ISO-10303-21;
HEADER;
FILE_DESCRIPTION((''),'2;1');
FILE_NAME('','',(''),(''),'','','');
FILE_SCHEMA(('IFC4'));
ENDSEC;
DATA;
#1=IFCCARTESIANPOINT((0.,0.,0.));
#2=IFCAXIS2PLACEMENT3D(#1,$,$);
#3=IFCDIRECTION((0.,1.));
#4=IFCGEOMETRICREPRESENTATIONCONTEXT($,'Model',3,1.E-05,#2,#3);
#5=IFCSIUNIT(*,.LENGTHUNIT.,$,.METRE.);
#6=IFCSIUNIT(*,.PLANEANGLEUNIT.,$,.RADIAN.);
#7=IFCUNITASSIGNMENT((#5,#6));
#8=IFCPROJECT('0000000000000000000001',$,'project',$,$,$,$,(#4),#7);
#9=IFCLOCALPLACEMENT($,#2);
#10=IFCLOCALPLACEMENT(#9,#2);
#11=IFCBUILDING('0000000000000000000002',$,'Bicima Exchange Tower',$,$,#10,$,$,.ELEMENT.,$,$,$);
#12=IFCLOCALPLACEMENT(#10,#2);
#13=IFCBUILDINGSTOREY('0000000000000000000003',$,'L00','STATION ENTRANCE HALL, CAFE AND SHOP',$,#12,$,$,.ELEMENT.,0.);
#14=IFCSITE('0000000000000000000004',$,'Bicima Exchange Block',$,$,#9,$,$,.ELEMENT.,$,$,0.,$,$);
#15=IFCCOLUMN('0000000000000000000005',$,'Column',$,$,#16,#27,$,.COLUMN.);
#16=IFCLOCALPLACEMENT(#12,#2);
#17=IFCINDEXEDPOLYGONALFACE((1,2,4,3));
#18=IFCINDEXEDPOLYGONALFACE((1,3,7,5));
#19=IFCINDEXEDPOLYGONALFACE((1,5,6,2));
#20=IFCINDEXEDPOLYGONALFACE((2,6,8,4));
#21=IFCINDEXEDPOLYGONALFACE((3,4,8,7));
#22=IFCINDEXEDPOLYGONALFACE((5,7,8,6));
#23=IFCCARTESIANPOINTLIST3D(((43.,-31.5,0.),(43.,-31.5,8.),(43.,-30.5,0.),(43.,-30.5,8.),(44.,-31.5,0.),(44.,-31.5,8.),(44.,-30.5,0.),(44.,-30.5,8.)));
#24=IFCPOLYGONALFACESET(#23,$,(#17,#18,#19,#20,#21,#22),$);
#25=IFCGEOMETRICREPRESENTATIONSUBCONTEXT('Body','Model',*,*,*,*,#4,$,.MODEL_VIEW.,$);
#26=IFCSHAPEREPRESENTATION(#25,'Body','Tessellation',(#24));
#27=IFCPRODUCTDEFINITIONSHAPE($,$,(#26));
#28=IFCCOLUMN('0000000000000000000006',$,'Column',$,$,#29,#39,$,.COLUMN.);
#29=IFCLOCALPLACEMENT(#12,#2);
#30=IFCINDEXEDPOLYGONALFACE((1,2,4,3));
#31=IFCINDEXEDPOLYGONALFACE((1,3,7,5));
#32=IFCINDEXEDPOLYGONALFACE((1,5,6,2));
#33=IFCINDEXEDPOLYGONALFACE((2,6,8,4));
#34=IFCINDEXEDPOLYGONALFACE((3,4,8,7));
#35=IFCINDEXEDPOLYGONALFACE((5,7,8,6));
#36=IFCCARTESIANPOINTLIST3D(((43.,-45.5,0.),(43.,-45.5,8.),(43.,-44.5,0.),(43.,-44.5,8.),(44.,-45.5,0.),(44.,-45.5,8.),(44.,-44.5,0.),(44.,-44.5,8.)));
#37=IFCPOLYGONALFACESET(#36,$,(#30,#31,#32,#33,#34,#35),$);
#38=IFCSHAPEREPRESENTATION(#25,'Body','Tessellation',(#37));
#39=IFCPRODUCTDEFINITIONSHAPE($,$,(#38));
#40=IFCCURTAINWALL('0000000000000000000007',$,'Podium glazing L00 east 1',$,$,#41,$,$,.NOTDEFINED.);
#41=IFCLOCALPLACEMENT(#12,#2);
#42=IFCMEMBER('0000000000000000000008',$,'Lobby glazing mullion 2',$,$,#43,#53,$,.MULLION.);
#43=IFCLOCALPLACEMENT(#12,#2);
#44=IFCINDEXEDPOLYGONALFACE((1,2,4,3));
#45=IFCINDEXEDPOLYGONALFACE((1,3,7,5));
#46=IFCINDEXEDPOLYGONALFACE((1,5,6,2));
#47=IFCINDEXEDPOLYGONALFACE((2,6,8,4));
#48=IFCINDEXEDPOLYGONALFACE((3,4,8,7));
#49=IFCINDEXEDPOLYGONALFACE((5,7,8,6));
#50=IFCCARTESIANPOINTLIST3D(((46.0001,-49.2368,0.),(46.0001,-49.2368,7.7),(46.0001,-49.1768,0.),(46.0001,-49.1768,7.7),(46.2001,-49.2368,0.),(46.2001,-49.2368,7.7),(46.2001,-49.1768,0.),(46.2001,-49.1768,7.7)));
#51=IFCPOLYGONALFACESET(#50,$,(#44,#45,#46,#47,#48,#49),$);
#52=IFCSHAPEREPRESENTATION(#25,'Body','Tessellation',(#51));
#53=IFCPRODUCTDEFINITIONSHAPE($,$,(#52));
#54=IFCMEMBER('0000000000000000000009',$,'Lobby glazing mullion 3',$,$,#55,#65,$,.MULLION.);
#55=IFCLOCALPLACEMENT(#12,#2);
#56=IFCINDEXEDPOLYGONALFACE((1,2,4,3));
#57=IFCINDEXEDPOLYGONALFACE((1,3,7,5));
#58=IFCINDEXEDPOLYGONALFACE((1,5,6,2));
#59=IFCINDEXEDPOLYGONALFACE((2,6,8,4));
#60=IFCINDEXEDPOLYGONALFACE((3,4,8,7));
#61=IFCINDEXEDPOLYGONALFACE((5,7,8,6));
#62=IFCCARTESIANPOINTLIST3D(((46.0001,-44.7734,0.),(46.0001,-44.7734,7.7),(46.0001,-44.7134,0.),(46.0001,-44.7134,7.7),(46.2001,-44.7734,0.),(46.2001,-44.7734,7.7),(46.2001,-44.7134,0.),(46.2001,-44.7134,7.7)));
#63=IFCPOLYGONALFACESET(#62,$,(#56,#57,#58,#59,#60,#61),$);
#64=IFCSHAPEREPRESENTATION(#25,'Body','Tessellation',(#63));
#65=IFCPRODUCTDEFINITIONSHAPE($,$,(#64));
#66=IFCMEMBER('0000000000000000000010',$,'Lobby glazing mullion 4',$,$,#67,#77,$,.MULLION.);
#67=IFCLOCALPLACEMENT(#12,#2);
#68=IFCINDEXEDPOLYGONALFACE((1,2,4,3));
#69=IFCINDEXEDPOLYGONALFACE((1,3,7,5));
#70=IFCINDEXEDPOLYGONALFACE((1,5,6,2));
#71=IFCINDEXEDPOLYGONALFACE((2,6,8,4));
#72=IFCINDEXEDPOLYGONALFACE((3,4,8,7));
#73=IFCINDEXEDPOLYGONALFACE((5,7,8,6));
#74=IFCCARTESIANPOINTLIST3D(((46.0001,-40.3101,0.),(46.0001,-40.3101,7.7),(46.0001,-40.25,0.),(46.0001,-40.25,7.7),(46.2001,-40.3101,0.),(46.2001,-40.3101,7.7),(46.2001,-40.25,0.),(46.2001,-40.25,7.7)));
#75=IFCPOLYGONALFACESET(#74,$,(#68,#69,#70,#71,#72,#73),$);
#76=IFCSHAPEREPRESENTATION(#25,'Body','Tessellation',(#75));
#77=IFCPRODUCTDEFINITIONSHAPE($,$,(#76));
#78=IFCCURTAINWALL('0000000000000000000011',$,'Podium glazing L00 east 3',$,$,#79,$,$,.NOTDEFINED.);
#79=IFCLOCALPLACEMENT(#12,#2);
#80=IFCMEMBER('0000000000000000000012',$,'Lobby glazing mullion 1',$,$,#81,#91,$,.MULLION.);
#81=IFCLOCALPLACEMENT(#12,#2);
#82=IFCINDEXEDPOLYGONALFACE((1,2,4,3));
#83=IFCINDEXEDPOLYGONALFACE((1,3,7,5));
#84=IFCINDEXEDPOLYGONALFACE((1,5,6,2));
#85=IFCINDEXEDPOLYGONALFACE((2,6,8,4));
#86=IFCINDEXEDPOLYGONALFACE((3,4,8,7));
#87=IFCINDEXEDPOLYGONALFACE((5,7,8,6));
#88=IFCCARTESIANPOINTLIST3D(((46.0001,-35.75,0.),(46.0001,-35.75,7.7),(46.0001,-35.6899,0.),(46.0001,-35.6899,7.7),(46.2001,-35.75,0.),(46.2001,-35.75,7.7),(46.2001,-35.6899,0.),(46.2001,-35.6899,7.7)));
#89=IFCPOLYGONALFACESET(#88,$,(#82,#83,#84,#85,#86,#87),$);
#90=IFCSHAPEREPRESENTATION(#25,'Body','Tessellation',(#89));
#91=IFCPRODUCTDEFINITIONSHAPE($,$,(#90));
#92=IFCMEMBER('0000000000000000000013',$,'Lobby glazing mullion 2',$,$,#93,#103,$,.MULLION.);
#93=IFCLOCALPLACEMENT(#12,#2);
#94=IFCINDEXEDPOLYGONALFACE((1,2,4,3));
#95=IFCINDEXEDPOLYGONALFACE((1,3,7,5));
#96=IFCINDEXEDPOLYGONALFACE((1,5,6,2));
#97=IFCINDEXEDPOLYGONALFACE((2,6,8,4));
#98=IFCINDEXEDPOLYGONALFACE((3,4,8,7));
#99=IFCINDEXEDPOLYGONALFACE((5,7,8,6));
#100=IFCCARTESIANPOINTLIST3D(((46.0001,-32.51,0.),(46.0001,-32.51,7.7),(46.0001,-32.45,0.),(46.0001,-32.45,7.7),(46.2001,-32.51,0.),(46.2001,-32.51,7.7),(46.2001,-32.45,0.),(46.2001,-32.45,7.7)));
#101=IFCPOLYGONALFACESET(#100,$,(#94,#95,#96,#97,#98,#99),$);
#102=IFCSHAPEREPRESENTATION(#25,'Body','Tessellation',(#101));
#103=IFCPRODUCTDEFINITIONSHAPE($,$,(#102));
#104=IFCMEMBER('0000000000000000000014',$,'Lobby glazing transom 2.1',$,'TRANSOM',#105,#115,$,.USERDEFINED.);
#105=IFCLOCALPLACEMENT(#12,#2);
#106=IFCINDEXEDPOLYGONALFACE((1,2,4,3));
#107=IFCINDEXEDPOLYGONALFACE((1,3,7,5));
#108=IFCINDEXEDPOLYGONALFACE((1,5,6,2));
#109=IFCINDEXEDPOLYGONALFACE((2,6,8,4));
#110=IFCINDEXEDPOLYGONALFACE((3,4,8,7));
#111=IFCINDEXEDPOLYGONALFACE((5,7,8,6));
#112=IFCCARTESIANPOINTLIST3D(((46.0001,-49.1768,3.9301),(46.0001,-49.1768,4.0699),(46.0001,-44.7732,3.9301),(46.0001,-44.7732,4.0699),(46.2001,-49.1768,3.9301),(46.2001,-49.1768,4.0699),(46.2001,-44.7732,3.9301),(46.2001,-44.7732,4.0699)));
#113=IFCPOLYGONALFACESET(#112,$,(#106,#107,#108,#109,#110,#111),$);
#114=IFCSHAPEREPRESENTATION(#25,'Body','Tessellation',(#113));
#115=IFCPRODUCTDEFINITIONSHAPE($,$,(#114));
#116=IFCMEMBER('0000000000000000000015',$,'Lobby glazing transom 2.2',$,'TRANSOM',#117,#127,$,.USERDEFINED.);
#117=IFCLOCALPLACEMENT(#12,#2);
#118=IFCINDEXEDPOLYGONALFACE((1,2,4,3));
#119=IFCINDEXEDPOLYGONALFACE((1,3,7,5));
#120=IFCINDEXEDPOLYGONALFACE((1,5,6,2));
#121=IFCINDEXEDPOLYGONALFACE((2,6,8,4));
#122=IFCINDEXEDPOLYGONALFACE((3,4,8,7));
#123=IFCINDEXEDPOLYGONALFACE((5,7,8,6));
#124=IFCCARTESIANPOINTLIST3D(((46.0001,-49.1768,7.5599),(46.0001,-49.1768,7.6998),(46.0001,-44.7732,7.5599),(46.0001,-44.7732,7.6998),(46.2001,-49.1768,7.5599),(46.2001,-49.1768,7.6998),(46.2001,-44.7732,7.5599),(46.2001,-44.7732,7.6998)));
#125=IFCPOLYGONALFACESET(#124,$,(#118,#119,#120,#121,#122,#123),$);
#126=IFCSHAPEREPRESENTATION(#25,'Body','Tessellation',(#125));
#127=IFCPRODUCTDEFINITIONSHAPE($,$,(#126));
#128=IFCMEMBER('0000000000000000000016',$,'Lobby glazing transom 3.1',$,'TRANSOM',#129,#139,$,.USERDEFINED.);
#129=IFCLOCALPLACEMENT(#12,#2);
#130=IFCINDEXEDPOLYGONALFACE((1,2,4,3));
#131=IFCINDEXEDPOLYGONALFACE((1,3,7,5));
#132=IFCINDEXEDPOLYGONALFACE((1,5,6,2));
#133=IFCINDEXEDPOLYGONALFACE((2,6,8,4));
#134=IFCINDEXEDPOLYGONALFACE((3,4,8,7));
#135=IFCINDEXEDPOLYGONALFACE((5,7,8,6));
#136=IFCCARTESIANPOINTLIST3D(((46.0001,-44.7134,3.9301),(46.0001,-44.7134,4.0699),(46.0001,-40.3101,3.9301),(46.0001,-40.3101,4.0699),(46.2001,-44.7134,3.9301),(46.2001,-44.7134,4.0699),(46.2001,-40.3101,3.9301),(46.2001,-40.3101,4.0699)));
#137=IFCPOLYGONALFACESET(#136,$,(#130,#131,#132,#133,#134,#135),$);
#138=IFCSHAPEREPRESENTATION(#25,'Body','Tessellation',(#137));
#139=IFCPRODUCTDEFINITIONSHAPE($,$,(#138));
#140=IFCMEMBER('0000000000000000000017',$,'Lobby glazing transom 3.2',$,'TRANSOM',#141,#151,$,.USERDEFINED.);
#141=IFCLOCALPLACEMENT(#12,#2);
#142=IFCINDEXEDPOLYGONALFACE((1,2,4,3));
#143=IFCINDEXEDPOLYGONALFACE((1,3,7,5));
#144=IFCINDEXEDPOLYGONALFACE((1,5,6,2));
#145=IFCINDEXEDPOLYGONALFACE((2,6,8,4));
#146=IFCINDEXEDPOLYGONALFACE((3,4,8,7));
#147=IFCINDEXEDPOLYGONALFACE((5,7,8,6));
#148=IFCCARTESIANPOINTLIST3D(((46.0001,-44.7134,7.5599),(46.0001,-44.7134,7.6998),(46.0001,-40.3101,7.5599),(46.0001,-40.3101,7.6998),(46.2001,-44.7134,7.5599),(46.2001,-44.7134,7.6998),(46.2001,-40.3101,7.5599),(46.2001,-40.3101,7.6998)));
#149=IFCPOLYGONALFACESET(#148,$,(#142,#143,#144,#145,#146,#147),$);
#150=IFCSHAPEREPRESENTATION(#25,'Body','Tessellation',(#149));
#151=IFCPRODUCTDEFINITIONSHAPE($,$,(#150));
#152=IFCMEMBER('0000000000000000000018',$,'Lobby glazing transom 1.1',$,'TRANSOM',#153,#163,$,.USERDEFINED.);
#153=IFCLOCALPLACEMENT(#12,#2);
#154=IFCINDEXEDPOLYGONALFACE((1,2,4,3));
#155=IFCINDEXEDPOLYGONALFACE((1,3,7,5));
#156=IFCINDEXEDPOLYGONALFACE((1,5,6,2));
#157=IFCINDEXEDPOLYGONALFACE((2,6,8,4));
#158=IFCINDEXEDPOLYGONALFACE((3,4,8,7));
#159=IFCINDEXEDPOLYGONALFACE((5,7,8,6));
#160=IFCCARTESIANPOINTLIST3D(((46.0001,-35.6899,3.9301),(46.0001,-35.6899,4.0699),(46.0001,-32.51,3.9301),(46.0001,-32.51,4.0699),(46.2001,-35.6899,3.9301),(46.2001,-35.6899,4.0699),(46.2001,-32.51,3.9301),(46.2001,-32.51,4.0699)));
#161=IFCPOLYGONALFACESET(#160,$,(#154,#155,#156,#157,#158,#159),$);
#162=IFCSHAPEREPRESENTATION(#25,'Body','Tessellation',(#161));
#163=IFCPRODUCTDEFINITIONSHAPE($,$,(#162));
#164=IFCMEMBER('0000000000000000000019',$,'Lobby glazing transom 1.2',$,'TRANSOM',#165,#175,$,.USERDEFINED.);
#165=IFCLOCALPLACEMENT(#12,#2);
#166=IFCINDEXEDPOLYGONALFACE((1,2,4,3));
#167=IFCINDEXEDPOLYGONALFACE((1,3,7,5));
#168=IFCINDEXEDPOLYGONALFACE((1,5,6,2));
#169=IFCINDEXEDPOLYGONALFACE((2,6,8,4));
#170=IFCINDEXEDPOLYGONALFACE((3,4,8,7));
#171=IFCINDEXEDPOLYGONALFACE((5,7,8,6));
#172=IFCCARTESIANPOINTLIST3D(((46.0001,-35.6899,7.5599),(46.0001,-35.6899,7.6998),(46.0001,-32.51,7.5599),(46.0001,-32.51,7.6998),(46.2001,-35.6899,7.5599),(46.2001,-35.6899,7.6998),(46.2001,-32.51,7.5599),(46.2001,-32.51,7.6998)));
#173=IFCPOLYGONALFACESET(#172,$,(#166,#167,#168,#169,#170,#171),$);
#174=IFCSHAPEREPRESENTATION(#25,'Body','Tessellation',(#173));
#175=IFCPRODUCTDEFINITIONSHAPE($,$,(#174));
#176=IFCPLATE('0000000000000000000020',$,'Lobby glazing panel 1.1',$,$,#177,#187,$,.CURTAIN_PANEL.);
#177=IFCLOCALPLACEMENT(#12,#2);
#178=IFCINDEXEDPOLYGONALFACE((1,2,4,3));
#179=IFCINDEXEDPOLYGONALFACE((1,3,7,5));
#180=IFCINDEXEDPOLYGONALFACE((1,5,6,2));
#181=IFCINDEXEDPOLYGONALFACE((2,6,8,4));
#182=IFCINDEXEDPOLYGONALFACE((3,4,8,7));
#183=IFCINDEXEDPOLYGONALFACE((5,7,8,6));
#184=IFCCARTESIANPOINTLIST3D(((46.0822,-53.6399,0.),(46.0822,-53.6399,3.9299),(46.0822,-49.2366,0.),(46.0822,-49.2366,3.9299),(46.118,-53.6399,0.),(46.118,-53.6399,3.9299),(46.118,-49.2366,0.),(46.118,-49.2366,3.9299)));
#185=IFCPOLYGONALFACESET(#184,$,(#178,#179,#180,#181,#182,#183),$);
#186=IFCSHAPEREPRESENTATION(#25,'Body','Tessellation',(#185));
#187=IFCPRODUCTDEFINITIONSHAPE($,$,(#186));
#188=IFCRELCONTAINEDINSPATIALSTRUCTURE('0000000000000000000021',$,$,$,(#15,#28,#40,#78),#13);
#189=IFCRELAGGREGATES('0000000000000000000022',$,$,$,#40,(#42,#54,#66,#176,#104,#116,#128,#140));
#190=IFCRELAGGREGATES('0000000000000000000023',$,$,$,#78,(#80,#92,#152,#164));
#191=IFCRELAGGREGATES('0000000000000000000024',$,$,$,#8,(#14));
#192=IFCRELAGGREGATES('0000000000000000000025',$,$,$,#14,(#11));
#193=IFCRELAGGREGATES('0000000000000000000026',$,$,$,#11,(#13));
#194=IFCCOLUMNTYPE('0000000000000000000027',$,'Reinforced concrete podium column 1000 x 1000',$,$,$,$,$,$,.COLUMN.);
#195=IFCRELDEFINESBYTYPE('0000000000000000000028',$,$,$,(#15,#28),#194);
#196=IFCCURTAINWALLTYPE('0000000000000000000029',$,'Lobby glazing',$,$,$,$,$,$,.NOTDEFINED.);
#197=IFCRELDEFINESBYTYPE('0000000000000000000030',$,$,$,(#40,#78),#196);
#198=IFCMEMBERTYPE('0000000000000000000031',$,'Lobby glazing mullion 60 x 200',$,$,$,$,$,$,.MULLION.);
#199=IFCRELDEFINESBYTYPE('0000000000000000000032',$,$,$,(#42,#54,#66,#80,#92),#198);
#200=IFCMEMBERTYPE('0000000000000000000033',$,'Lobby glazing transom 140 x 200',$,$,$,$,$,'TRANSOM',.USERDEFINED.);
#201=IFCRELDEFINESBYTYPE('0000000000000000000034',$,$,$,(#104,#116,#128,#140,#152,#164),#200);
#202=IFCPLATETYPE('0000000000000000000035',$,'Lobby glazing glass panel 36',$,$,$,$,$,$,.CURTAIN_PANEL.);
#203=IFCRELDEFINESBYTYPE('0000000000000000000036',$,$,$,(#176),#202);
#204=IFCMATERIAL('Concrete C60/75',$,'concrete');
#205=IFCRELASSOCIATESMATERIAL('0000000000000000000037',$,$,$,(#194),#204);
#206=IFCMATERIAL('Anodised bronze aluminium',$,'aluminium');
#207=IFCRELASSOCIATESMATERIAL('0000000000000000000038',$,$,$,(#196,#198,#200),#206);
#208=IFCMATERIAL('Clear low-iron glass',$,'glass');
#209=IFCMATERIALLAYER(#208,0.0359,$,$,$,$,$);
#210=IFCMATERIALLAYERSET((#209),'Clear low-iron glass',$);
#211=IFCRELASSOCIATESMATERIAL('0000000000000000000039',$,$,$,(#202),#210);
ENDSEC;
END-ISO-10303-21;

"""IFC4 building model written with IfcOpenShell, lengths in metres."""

from ifc_helpers import new_model, si_unit, direction, frame, origin, origin_2d, place, context, subcontext, project, spatial, rectangle, extrude, material, layer, layer_set, material_profile, profile_set, type_object, element, aggregate, save


model = new_model("IFC4")

# Units and contexts
model_context = context("Model", 3, precision=1e-05, world=origin(), true_north=direction((0.0, 1.0)))
body_context = subcontext(model_context, "Body", "Model", "MODEL_VIEW")
ifc_project = project(units=[si_unit("LENGTHUNIT", "METRE"), si_unit("PLANEANGLEUNIT", "RADIAN")], contexts=[model_context])

# Site, building, storey
site_placement = place(None, origin())
site = spatial("IfcSite", under=ifc_project, at=site_placement, Name="Bicima Exchange Block", CompositionType="ELEMENT", RefElevation=0.0)
building_placement = place(site_placement, origin())
building = spatial("IfcBuilding", under=site, at=building_placement, Name="Bicima Exchange Tower", CompositionType="ELEMENT")
storey_placement = place(building_placement, origin())
storey = spatial("IfcBuildingStorey", under=building, at=storey_placement, Name="L00", Description="STATION ENTRANCE HALL, CAFE AND SHOP", CompositionType="ELEMENT", Elevation=0.0)

# Columns
ifc_material_1 = material(Name="Concrete C60/75", Category="concrete")
ifc_material_profile_1 = material_profile(ifc_material_1, rectangle(XDim=1.0, YDim=1.0, at=origin_2d()))
ifc_profile_set_1 = profile_set([ifc_material_profile_1], Name="Concrete C60/75")
column_type = type_object("IfcColumnType", Name="Reinforced concrete podium column 1000 x 1000", PredefinedType="COLUMN", material=ifc_profile_set_1)
for number, where, z_axis, x_axis, name in (
    (1, (43.5, -31.0, 0.0), (0.0, 0.0, 1.0), (1.0, 0.0, 0.0), "Column"),
    (2, (43.5, -45.0, 0.0), (0.0, 0.0, 1.0), (1.0, 0.0, 0.0), "Column"),
):
    element("IfcColumn", number, at=place(storey_placement, frame(where, z_axis=z_axis, x_axis=x_axis)), inside=storey, type_object=column_type, Name=name, PredefinedType="COLUMN", context=body_context, shape_type="SweptSolid", body=[
        extrude(rectangle(XDim=1.0, YDim=1.0, at=origin_2d()), origin(), (0.0, 0.0, 1.0), 8.0),
    ])

# Curtain walls, members
ifc_material_2 = material(Name="Anodised bronze aluminium", Category="aluminium")
curtain_wall_type = type_object("IfcCurtainWallType", Name="Lobby glazing", PredefinedType="NOTDEFINED", material=ifc_material_2)
curtain_wall_1_placement = place(storey_placement, origin())
curtain_wall_1 = element("IfcCurtainWall", 3, at=curtain_wall_1_placement, inside=storey, type_object=curtain_wall_type, Name="Podium glazing L00 east 1", PredefinedType="NOTDEFINED")
ifc_material_profile_2 = material_profile(ifc_material_2, rectangle(XDim=0.2, YDim=0.0601, at=origin_2d()))
ifc_profile_set_2 = profile_set([ifc_material_profile_2], Name="Anodised bronze aluminium")
member_type_1 = type_object("IfcMemberType", Name="Lobby glazing mullion 60 x 200", PredefinedType="MULLION", material=ifc_profile_set_2)
member_1_placement = place(storey_placement, frame((46.1001, -49.2068, 0.0), z_axis=(0.0, 0.0, 1.0), x_axis=(-1.0, 0.0, 0.0)))
member_1 = element("IfcMember", 4, at=member_1_placement, type_object=member_type_1, Name="Lobby glazing mullion 2", PredefinedType="MULLION", context=body_context, shape_type="SweptSolid", body=[
    extrude(rectangle(XDim=0.2, YDim=0.0601, at=origin_2d()), origin(), (0.0, 0.0, 1.0), 7.7),
])
member_2_placement = place(storey_placement, frame((46.1001, -44.7434, 0.0), z_axis=(0.0, 0.0, 1.0), x_axis=(-1.0, 0.0, 0.0)))
member_2 = element("IfcMember", 5, at=member_2_placement, type_object=member_type_1, Name="Lobby glazing mullion 3", PredefinedType="MULLION", context=body_context, shape_type="SweptSolid", body=[
    extrude(rectangle(XDim=0.2, YDim=0.0601, at=origin_2d()), origin(), (0.0, 0.0, 1.0), 7.7),
])
member_3_placement = place(storey_placement, frame((46.1001, -40.28, 0.0), z_axis=(0.0, 0.0, 1.0), x_axis=(-1.0, 0.0, 0.0)))
member_3 = element("IfcMember", 6, at=member_3_placement, type_object=member_type_1, Name="Lobby glazing mullion 4", PredefinedType="MULLION", context=body_context, shape_type="SweptSolid", body=[
    extrude(rectangle(XDim=0.2, YDim=0.0601, at=origin_2d()), origin(), (0.0, 0.0, 1.0), 7.7),
])
curtain_wall_2_placement = place(storey_placement, origin())
curtain_wall_2 = element("IfcCurtainWall", 7, at=curtain_wall_2_placement, inside=storey, type_object=curtain_wall_type, Name="Podium glazing L00 east 3", PredefinedType="NOTDEFINED")
member_4_placement = place(storey_placement, frame((46.1001, -35.72, 0.0), z_axis=(0.0, 0.0, 1.0), x_axis=(-1.0, 0.0, 0.0)))
member_4 = element("IfcMember", 8, at=member_4_placement, type_object=member_type_1, Name="Lobby glazing mullion 1", PredefinedType="MULLION", context=body_context, shape_type="SweptSolid", body=[
    extrude(rectangle(XDim=0.2, YDim=0.0601, at=origin_2d()), origin(), (0.0, 0.0, 1.0), 7.7),
])
member_5_placement = place(storey_placement, frame((46.1001, -32.48, 0.0), z_axis=(0.0, 0.0, 1.0), x_axis=(-1.0, 0.0, 0.0)))
member_5 = element("IfcMember", 9, at=member_5_placement, type_object=member_type_1, Name="Lobby glazing mullion 2", PredefinedType="MULLION", context=body_context, shape_type="SweptSolid", body=[
    extrude(rectangle(XDim=0.2, YDim=0.0601, at=origin_2d()), origin(), (0.0, 0.0, 1.0), 7.7),
])

# Members
ifc_material_profile_3 = material_profile(ifc_material_2, rectangle(XDim=0.2, YDim=0.1399, at=origin_2d()))
ifc_profile_set_3 = profile_set([ifc_material_profile_3], Name="Anodised bronze aluminium")
member_type_2 = type_object("IfcMemberType", Name="Lobby glazing transom 140 x 200", ElementType="TRANSOM", PredefinedType="USERDEFINED", material=ifc_profile_set_3)
member_6_placement = place(storey_placement, frame((46.1001, -49.1768, 4.0), z_axis=(0.0, 1.0, 0.0), x_axis=(-1.0, 0.0, 0.0)))
member_6 = element("IfcMember", 10, at=member_6_placement, type_object=member_type_2, Name="Lobby glazing transom 2.1", ObjectType="TRANSOM", PredefinedType="USERDEFINED", context=body_context, shape_type="SweptSolid", body=[
    extrude(rectangle(XDim=0.2, YDim=0.1399, at=origin_2d()), origin(), (0.0, 0.0, 1.0), 4.4036),
])
member_7_placement = place(storey_placement, frame((46.1001, -49.1768, 7.6299), z_axis=(0.0, 1.0, 0.0), x_axis=(-1.0, 0.0, 0.0)))
member_7 = element("IfcMember", 11, at=member_7_placement, type_object=member_type_2, Name="Lobby glazing transom 2.2", ObjectType="TRANSOM", PredefinedType="USERDEFINED", context=body_context, shape_type="SweptSolid", body=[
    extrude(rectangle(XDim=0.2, YDim=0.1399, at=origin_2d()), origin(), (0.0, 0.0, 1.0), 4.4036),
])
member_8_placement = place(storey_placement, frame((46.1001, -44.7134, 4.0), z_axis=(0.0, 1.0, 0.0), x_axis=(-1.0, 0.0, 0.0)))
member_8 = element("IfcMember", 12, at=member_8_placement, type_object=member_type_2, Name="Lobby glazing transom 3.1", ObjectType="TRANSOM", PredefinedType="USERDEFINED", context=body_context, shape_type="SweptSolid", body=[
    extrude(rectangle(XDim=0.2, YDim=0.1399, at=origin_2d()), origin(), (0.0, 0.0, 1.0), 4.4033),
])
member_9_placement = place(storey_placement, frame((46.1001, -44.7134, 7.6299), z_axis=(0.0, 1.0, 0.0), x_axis=(-1.0, 0.0, 0.0)))
member_9 = element("IfcMember", 13, at=member_9_placement, type_object=member_type_2, Name="Lobby glazing transom 3.2", ObjectType="TRANSOM", PredefinedType="USERDEFINED", context=body_context, shape_type="SweptSolid", body=[
    extrude(rectangle(XDim=0.2, YDim=0.1399, at=origin_2d()), origin(), (0.0, 0.0, 1.0), 4.4033),
])
member_10_placement = place(storey_placement, frame((46.1001, -35.6899, 4.0), z_axis=(0.0, 1.0, 0.0), x_axis=(-1.0, 0.0, 0.0)))
member_10 = element("IfcMember", 14, at=member_10_placement, type_object=member_type_2, Name="Lobby glazing transom 1.1", ObjectType="TRANSOM", PredefinedType="USERDEFINED", context=body_context, shape_type="SweptSolid", body=[
    extrude(rectangle(XDim=0.2, YDim=0.1399, at=origin_2d()), origin(), (0.0, 0.0, 1.0), 3.1799),
])
member_11_placement = place(storey_placement, frame((46.1001, -35.6899, 7.6299), z_axis=(0.0, 1.0, 0.0), x_axis=(-1.0, 0.0, 0.0)))
member_11 = element("IfcMember", 15, at=member_11_placement, type_object=member_type_2, Name="Lobby glazing transom 1.2", ObjectType="TRANSOM", PredefinedType="USERDEFINED", context=body_context, shape_type="SweptSolid", body=[
    extrude(rectangle(XDim=0.2, YDim=0.1399, at=origin_2d()), origin(), (0.0, 0.0, 1.0), 3.1799),
])

# Plate
ifc_material_3 = material(Name="Clear low-iron glass", Category="glass")
ifc_layer_1 = layer(ifc_material_3, 0.0359)
ifc_layer_set_1 = layer_set([ifc_layer_1], Name="Clear low-iron glass")
plate_type = type_object("IfcPlateType", Name="Lobby glazing glass panel 36", PredefinedType="CURTAIN_PANEL", material=ifc_layer_set_1)
plate_1_placement = place(storey_placement, frame((46.1001, -51.4382, 0.0), z_axis=(0.0, 0.0, 1.0), x_axis=(0.0, 1.0, 0.0)))
plate_1 = element("IfcPlate", 16, at=plate_1_placement, type_object=plate_type, Name="Lobby glazing panel 1.1", PredefinedType="CURTAIN_PANEL", context=body_context, shape_type="SweptSolid", body=[
    extrude(rectangle(XDim=4.4033, YDim=0.0359, at=origin_2d()), origin(), (0.0, 0.0, 1.0), 3.9299),
])
aggregate(curtain_wall_1, [member_1, member_2, member_3, plate_1, member_6, member_7, member_8, member_9])
aggregate(curtain_wall_2, [member_4, member_5, member_10, member_11])

save(model, "model.ifc")
